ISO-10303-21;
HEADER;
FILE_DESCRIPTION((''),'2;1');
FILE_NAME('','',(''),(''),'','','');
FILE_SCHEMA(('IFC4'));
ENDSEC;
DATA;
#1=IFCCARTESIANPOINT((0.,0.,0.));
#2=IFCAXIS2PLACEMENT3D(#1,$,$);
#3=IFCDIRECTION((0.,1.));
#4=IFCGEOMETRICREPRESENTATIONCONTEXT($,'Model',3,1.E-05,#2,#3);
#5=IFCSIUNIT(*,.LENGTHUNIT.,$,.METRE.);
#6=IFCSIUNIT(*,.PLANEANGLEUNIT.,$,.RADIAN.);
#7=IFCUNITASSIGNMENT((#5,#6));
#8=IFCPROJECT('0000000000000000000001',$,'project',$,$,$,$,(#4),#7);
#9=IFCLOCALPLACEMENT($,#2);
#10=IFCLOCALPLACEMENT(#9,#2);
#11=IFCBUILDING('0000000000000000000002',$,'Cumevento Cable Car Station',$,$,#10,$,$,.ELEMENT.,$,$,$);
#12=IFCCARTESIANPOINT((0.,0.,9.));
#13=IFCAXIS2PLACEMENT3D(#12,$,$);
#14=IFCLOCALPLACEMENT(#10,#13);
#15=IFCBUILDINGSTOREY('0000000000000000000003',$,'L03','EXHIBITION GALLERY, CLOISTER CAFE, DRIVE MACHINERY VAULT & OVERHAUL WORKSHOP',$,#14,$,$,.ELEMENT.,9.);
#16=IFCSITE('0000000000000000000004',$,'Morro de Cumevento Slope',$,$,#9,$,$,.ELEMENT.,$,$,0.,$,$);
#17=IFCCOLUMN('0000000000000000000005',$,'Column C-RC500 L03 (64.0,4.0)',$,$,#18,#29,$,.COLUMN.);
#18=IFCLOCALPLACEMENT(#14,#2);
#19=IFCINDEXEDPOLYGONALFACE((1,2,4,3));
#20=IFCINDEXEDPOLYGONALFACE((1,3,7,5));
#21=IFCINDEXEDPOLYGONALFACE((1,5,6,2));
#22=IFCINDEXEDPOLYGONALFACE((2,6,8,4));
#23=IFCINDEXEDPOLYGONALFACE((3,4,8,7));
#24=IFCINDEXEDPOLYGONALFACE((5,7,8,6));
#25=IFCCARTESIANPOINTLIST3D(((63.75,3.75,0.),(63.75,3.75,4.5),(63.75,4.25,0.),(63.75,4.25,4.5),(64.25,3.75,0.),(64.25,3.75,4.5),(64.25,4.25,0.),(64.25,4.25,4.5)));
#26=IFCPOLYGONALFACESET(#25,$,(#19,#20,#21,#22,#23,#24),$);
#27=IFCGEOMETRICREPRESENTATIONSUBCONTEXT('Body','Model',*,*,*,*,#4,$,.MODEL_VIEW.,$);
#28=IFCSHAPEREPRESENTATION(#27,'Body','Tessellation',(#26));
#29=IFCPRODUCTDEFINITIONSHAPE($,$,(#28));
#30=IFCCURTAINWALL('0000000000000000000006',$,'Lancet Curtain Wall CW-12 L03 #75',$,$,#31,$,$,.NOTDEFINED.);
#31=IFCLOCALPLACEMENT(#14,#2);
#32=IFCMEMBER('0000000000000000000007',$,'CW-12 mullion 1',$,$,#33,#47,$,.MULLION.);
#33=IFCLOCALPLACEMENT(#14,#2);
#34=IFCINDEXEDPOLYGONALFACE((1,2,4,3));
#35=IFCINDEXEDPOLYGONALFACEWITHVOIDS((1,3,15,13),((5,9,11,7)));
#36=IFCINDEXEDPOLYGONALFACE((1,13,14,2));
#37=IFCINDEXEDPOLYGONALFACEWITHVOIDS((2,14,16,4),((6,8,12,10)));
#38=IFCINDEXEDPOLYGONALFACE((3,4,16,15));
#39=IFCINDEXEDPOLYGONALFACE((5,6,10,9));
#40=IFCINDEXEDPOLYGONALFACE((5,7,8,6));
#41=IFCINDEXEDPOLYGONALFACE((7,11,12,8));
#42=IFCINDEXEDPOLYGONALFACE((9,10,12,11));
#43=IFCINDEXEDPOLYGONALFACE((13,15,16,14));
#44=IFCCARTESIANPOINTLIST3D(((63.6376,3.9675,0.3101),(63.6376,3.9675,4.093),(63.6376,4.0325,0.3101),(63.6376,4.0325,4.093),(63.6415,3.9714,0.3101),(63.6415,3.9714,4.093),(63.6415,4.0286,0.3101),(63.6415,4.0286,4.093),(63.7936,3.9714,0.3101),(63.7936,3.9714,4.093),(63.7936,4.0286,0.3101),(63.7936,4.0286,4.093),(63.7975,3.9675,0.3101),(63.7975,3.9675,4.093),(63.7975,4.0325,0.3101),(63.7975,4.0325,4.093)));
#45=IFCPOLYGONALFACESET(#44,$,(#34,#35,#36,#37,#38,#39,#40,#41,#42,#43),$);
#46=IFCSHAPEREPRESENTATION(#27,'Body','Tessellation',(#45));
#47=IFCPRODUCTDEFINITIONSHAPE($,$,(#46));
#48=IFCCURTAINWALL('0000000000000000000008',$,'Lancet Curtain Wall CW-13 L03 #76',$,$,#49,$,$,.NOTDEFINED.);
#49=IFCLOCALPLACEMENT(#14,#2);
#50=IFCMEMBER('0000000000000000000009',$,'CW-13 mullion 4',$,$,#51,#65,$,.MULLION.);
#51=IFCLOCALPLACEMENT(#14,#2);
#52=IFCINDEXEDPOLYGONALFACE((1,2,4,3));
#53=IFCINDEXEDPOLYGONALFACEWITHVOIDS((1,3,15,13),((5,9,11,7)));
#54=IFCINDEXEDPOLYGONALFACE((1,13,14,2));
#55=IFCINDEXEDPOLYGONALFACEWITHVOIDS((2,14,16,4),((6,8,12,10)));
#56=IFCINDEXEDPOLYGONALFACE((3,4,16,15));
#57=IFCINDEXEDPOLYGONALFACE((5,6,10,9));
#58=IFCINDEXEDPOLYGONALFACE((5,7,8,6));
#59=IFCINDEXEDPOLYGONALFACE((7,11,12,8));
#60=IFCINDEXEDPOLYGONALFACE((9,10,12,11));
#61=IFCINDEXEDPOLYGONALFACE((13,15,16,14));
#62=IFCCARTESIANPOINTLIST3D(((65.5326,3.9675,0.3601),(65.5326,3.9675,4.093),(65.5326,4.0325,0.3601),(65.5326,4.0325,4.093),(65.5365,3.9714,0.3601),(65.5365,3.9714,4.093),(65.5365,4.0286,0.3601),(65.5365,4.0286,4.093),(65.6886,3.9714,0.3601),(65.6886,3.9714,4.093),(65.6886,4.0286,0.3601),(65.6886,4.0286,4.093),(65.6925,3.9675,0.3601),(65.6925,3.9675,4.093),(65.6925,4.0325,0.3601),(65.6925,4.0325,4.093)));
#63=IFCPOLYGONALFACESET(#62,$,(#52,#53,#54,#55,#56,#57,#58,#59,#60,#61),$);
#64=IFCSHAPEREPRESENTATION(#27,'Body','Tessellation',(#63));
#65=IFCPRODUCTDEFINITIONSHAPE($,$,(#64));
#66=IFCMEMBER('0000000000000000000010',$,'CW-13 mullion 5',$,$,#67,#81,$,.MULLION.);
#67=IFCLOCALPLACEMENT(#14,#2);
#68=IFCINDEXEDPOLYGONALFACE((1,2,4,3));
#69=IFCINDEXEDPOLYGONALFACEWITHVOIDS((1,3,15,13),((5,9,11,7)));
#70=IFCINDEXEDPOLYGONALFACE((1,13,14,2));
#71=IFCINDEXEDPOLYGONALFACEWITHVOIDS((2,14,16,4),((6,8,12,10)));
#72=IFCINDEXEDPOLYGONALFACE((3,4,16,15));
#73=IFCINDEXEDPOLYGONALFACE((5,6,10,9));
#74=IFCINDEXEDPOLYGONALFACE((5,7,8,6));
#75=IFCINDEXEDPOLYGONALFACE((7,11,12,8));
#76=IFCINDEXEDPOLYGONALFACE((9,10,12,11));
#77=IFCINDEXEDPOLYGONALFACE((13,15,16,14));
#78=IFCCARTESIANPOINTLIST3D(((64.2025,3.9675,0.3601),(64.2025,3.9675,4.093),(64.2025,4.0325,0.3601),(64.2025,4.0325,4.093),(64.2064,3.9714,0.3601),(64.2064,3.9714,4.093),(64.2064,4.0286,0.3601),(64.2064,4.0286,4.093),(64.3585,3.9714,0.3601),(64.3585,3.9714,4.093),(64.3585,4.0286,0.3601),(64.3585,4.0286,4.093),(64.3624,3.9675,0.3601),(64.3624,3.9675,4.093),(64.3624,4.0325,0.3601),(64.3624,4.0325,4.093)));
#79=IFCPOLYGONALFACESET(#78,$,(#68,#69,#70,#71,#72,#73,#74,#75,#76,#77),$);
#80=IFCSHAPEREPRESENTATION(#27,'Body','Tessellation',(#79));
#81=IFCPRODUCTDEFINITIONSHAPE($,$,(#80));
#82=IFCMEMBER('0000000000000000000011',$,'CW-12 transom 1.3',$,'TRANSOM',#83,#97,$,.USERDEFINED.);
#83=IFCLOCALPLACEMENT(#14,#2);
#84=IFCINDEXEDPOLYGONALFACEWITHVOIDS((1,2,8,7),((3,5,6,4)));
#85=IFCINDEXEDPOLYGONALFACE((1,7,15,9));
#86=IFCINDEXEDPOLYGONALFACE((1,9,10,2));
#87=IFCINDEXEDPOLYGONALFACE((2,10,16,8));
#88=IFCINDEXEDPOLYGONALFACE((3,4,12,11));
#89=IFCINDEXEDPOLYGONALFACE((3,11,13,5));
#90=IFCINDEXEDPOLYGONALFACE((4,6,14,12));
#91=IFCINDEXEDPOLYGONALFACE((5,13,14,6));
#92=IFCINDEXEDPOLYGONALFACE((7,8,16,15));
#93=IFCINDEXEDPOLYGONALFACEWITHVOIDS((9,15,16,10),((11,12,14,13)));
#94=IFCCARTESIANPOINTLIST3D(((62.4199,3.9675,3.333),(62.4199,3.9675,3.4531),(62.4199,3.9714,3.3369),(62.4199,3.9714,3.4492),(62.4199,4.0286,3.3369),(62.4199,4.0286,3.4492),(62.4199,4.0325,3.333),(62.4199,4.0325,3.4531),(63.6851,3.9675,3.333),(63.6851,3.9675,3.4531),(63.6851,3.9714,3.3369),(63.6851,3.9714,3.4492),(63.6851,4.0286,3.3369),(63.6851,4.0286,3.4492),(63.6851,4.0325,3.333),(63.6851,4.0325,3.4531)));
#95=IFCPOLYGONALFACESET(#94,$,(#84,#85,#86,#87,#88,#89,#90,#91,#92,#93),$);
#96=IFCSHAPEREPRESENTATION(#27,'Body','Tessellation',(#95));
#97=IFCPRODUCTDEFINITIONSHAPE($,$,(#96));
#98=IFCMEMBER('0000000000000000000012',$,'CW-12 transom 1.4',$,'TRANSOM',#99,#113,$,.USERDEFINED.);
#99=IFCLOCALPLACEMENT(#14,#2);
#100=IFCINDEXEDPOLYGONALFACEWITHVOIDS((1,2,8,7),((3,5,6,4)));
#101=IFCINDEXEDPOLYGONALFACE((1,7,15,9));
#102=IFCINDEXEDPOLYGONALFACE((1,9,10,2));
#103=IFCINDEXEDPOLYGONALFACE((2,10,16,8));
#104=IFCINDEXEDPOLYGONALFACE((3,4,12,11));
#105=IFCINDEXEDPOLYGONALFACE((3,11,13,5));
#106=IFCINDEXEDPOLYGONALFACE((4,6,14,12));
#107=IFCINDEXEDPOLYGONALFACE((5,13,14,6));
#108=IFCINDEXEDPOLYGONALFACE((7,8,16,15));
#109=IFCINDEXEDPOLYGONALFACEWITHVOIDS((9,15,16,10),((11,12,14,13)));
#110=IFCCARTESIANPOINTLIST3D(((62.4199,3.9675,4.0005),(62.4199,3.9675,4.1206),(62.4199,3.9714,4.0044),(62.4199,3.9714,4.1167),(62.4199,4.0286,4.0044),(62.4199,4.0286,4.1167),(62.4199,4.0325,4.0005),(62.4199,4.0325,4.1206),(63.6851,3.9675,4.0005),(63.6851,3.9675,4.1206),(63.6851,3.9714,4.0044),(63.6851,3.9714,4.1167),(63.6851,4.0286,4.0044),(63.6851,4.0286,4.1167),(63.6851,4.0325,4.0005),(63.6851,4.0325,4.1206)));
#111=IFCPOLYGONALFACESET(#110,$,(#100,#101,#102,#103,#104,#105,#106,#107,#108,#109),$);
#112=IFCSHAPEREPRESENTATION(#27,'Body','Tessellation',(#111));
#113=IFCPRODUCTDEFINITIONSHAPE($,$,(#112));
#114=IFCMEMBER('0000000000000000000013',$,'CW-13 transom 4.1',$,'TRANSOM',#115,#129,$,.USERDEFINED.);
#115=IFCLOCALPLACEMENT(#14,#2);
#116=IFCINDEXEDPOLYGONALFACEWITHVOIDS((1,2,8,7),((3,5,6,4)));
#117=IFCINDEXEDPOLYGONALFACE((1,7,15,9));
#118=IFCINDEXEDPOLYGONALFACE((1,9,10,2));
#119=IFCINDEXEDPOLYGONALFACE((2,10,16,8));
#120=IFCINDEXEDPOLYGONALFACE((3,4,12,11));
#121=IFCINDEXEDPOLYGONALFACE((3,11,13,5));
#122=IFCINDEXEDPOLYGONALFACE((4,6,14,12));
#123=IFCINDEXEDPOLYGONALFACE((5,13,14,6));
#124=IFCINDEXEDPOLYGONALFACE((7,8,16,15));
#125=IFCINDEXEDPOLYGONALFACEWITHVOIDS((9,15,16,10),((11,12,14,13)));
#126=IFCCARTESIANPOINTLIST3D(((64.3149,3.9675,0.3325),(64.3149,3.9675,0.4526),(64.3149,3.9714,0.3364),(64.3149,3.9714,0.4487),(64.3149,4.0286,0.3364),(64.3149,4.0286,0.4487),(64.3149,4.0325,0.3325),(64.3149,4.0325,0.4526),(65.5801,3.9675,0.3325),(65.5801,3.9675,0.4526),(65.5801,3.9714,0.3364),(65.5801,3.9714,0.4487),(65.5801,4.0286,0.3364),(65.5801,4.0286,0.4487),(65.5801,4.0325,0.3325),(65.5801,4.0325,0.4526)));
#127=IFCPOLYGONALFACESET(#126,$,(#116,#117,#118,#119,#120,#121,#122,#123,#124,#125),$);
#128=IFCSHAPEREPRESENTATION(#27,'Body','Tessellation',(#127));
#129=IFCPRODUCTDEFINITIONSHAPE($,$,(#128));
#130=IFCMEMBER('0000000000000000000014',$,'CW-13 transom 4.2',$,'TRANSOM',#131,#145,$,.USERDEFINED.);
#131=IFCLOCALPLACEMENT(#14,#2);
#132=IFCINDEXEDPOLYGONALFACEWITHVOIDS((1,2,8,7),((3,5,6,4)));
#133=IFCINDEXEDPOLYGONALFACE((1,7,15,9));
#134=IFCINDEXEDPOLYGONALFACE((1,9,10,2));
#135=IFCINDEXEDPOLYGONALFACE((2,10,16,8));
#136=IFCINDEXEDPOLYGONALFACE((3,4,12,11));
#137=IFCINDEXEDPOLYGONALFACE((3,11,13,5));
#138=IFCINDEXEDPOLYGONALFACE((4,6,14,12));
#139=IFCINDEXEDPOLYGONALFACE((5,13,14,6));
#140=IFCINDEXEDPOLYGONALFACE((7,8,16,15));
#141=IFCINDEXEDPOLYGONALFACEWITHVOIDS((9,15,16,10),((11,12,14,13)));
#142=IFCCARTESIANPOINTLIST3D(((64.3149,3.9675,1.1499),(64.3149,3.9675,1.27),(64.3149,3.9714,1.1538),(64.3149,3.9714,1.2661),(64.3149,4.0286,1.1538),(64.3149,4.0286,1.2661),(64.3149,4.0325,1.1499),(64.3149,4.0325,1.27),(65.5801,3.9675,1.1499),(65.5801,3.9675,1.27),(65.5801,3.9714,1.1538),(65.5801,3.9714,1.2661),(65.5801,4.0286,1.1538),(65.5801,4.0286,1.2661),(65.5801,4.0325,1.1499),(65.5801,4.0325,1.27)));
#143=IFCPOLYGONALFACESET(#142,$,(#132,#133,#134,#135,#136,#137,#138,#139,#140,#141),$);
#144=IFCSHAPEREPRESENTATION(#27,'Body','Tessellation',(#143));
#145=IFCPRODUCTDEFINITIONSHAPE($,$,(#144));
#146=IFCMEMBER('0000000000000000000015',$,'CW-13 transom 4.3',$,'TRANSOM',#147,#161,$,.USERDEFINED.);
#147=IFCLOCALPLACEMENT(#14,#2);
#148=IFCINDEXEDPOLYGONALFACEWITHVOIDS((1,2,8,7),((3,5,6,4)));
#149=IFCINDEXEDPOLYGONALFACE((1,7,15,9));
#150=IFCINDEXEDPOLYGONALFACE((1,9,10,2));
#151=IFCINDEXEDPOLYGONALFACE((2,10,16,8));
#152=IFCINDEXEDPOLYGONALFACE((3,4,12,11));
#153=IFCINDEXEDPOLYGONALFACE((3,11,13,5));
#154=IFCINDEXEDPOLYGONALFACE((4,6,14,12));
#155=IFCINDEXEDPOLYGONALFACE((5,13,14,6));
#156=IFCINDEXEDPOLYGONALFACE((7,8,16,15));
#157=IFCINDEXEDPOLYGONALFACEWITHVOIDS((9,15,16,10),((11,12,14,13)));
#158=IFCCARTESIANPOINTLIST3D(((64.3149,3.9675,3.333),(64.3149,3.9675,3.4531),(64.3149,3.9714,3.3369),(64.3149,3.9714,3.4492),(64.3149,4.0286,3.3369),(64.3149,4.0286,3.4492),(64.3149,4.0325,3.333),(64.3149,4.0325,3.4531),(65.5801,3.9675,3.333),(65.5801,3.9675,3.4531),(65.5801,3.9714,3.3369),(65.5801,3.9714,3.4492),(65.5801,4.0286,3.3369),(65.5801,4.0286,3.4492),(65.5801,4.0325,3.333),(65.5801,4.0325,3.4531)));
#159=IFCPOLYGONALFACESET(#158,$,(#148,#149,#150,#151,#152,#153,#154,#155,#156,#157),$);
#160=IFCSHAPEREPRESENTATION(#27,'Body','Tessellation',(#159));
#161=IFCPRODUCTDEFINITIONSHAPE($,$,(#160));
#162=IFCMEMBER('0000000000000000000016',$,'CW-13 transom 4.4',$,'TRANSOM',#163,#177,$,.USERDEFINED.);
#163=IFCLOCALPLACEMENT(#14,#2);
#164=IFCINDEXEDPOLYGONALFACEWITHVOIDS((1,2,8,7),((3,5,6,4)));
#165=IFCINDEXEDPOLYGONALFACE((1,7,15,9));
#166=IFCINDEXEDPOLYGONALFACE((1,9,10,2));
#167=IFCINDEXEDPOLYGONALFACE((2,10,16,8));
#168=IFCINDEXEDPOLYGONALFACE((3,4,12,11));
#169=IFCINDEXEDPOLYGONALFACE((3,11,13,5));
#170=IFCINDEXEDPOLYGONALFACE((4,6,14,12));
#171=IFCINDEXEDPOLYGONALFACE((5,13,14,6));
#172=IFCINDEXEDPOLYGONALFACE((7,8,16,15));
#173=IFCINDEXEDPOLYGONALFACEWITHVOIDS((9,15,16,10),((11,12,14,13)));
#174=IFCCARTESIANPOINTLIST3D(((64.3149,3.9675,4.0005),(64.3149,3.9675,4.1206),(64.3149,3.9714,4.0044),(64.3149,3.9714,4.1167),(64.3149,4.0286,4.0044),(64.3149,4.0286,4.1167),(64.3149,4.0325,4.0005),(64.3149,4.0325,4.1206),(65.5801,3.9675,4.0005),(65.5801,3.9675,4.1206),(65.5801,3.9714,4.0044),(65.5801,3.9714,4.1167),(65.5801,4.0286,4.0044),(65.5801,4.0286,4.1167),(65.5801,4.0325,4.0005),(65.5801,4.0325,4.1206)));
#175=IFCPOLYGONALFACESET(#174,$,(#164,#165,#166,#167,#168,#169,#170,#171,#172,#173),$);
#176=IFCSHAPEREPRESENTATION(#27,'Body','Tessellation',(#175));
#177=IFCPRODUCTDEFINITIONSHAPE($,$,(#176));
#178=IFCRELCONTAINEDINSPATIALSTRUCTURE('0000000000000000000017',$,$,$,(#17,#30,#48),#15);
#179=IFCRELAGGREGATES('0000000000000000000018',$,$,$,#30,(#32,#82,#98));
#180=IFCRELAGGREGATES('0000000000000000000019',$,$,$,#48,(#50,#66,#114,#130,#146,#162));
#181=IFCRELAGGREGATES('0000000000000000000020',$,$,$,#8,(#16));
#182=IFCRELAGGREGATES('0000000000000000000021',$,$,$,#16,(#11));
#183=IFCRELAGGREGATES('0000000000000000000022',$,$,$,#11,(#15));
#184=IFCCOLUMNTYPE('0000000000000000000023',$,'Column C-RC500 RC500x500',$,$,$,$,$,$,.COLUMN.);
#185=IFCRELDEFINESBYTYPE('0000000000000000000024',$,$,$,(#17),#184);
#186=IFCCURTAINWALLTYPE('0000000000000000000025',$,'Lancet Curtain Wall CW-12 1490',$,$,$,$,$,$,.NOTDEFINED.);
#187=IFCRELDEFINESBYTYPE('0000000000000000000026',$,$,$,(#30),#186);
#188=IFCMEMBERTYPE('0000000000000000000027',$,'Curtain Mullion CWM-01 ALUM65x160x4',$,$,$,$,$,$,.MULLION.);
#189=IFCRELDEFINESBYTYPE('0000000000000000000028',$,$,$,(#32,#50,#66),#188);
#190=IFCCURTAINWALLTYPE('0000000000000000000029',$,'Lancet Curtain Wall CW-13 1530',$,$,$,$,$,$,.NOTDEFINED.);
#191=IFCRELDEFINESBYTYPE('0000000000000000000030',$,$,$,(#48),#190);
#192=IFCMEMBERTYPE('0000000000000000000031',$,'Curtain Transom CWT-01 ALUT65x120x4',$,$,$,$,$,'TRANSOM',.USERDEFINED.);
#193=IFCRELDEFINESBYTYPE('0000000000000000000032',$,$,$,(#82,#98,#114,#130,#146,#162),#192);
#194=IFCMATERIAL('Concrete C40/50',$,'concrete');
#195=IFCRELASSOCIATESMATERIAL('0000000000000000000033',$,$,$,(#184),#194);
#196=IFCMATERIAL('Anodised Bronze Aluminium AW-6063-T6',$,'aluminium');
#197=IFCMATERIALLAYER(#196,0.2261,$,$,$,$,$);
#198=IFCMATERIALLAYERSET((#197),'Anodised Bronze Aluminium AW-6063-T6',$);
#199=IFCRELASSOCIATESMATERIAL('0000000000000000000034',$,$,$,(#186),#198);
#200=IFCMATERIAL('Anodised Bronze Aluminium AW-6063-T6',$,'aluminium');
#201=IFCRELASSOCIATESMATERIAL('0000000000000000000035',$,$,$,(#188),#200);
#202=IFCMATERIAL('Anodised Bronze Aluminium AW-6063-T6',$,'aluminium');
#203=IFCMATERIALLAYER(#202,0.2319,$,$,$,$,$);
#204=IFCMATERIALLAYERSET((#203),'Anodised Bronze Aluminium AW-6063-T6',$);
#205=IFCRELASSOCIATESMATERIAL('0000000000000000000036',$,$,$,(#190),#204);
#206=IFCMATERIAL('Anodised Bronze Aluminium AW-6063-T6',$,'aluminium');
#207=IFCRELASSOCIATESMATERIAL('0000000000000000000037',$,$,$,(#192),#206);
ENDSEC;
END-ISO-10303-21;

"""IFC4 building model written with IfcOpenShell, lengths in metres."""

from ifc_helpers import new_model, si_unit, direction, frame, origin, origin_2d, place, context, subcontext, project, spatial, rectangle, hollow_rectangle, extrude, material, layer, layer_set, material_profile, profile_set, type_object, element, aggregate, save


model = new_model("IFC4")

# Units and contexts
model_context = context("Model", 3, precision=1e-05, world=origin(), true_north=direction((0.0, 1.0)))
body_context = subcontext(model_context, "Body", "Model", "MODEL_VIEW")
ifc_project = project(units=[si_unit("LENGTHUNIT", "METRE"), si_unit("PLANEANGLEUNIT", "RADIAN")], contexts=[model_context])

# Site, building, storey
site_placement = place(None, origin())
site = spatial("IfcSite", under=ifc_project, at=site_placement, Name="Morro de Cumevento Slope", CompositionType="ELEMENT", RefElevation=0.0)
building_placement = place(site_placement, origin())
building = spatial("IfcBuilding", under=site, at=building_placement, Name="Cumevento Cable Car Station", CompositionType="ELEMENT")
storey_placement = place(building_placement, frame((0.0, 0.0, 9.0)))
storey = spatial("IfcBuildingStorey", under=building, at=storey_placement, Name="L03", Description="EXHIBITION GALLERY, CLOISTER CAFE, DRIVE MACHINERY VAULT & OVERHAUL WORKSHOP", CompositionType="ELEMENT", Elevation=9.0)

# Column
ifc_material_1 = material(Name="Concrete C40/50", Category="concrete")
ifc_material_profile_1 = material_profile(ifc_material_1, rectangle(XDim=0.5, YDim=0.5, at=origin_2d()), Name="RC500x500")
ifc_profile_set_1 = profile_set([ifc_material_profile_1], Name="Concrete C40/50")
column_type = type_object("IfcColumnType", Name="Column C-RC500 RC500x500", PredefinedType="COLUMN", material=ifc_profile_set_1)
column_placement = place(storey_placement, frame((64.0, 4.0, 0.0), z_axis=(0.0, 0.0, 1.0), x_axis=(1.0, 0.0, 0.0)))
element("IfcColumn", 1, at=column_placement, inside=storey, type_object=column_type, Name="Column C-RC500 L03 (64.0,4.0)", PredefinedType="COLUMN", context=body_context, shape_type="SweptSolid", body=[
    extrude(rectangle(XDim=0.5, YDim=0.5, at=origin_2d()), origin(), (0.0, 0.0, 1.0), 4.5),
])

# Curtain wall, member
ifc_material_2 = material(Name="Anodised Bronze Aluminium AW-6063-T6", Category="aluminium")
ifc_layer_1 = layer(ifc_material_2, 0.2261)
ifc_layer_set_1 = layer_set([ifc_layer_1], Name="Anodised Bronze Aluminium AW-6063-T6")
curtain_wall_type_1 = type_object("IfcCurtainWallType", Name="Lancet Curtain Wall CW-12 1490", PredefinedType="NOTDEFINED", material=ifc_layer_set_1)
curtain_wall_1_placement = place(storey_placement, origin())
curtain_wall_1 = element("IfcCurtainWall", 2, at=curtain_wall_1_placement, inside=storey, type_object=curtain_wall_type_1, Name="Lancet Curtain Wall CW-12 L03 #75", PredefinedType="NOTDEFINED")
ifc_material_3 = material(Name="Anodised Bronze Aluminium AW-6063-T6", Category="aluminium")
ifc_material_profile_2 = material_profile(ifc_material_3, hollow_rectangle(XDim=0.0649, YDim=0.1599, WallThickness=0.0039, at=origin_2d()), Name="ALUM65x160x4")
ifc_profile_set_2 = profile_set([ifc_material_profile_2], Name="Anodised Bronze Aluminium AW-6063-T6")
member_type_1 = type_object("IfcMemberType", Name="Curtain Mullion CWM-01 ALUM65x160x4", PredefinedType="MULLION", material=ifc_profile_set_2)
member_1_placement = place(storey_placement, frame((63.7175, 4.0, 0.3101), z_axis=(0.0, 0.0, 1.0), x_axis=(0.0, -1.0, 0.0)))
member_1 = element("IfcMember", 3, at=member_1_placement, type_object=member_type_1, Name="CW-12 mullion 1", PredefinedType="MULLION", context=body_context, shape_type="SweptSolid", body=[
    extrude(hollow_rectangle(XDim=0.0649, YDim=0.1599, WallThickness=0.0039, at=origin_2d()), origin(), (0.0, 0.0, 1.0), 3.783),
])

# Curtain wall, members
ifc_material_4 = material(Name="Anodised Bronze Aluminium AW-6063-T6", Category="aluminium")
ifc_layer_2 = layer(ifc_material_4, 0.2319)
ifc_layer_set_2 = layer_set([ifc_layer_2], Name="Anodised Bronze Aluminium AW-6063-T6")
curtain_wall_type_2 = type_object("IfcCurtainWallType", Name="Lancet Curtain Wall CW-13 1530", PredefinedType="NOTDEFINED", material=ifc_layer_set_2)
curtain_wall_2_placement = place(storey_placement, origin())
curtain_wall_2 = element("IfcCurtainWall", 4, at=curtain_wall_2_placement, inside=storey, type_object=curtain_wall_type_2, Name="Lancet Curtain Wall CW-13 L03 #76", PredefinedType="NOTDEFINED")
member_2_placement = place(storey_placement, frame((65.6125, 4.0, 0.3601), z_axis=(0.0, 0.0, 1.0), x_axis=(0.0, -1.0, 0.0)))
member_2 = element("IfcMember", 5, at=member_2_placement, type_object=member_type_1, Name="CW-13 mullion 4", PredefinedType="MULLION", context=body_context, shape_type="SweptSolid", body=[
    extrude(hollow_rectangle(XDim=0.0649, YDim=0.1599, WallThickness=0.0039, at=origin_2d()), origin(), (0.0, 0.0, 1.0), 3.7329),
])
member_3_placement = place(storey_placement, frame((64.2825, 4.0, 0.3601), z_axis=(0.0, 0.0, 1.0), x_axis=(0.0, -1.0, 0.0)))
member_3 = element("IfcMember", 6, at=member_3_placement, type_object=member_type_1, Name="CW-13 mullion 5", PredefinedType="MULLION", context=body_context, shape_type="SweptSolid", body=[
    extrude(hollow_rectangle(XDim=0.0649, YDim=0.1599, WallThickness=0.0039, at=origin_2d()), origin(), (0.0, 0.0, 1.0), 3.7329),
])

# Members
ifc_material_5 = material(Name="Anodised Bronze Aluminium AW-6063-T6", Category="aluminium")
ifc_material_profile_3 = material_profile(ifc_material_5, hollow_rectangle(XDim=0.0649, YDim=0.1201, WallThickness=0.0039, at=origin_2d()), Name="ALUT65x120x4")
ifc_profile_set_3 = profile_set([ifc_material_profile_3], Name="Anodised Bronze Aluminium AW-6063-T6")
member_type_2 = type_object("IfcMemberType", Name="Curtain Transom CWT-01 ALUT65x120x4", ElementType="TRANSOM", PredefinedType="USERDEFINED", material=ifc_profile_set_3)
member_4_placement = place(storey_placement, frame((63.6851, 4.0, 3.3931), z_axis=(-1.0, 0.0, 0.0), x_axis=(0.0, -1.0, 0.0)))
member_4 = element("IfcMember", 7, at=member_4_placement, type_object=member_type_2, Name="CW-12 transom 1.3", ObjectType="TRANSOM", PredefinedType="USERDEFINED", context=body_context, shape_type="SweptSolid", body=[
    extrude(hollow_rectangle(XDim=0.0649, YDim=0.1201, WallThickness=0.0039, at=origin_2d()), origin(), (0.0, 0.0, 1.0), 1.2651),
])
member_5_placement = place(storey_placement, frame((63.6851, 4.0, 4.0605), z_axis=(-1.0, 0.0, 0.0), x_axis=(0.0, -1.0, 0.0)))
member_5 = element("IfcMember", 8, at=member_5_placement, type_object=member_type_2, Name="CW-12 transom 1.4", ObjectType="TRANSOM", PredefinedType="USERDEFINED", context=body_context, shape_type="SweptSolid", body=[
    extrude(hollow_rectangle(XDim=0.0649, YDim=0.1201, WallThickness=0.0039, at=origin_2d()), origin(), (0.0, 0.0, 1.0), 1.2651),
])
aggregate(curtain_wall_1, [member_1, member_4, member_5])
member_6_placement = place(storey_placement, frame((65.5801, 4.0, 0.3926), z_axis=(-1.0, 0.0, 0.0), x_axis=(0.0, -1.0, 0.0)))
member_6 = element("IfcMember", 9, at=member_6_placement, type_object=member_type_2, Name="CW-13 transom 4.1", ObjectType="TRANSOM", PredefinedType="USERDEFINED", context=body_context, shape_type="SweptSolid", body=[
    extrude(hollow_rectangle(XDim=0.0649, YDim=0.1201, WallThickness=0.0039, at=origin_2d()), origin(), (0.0, 0.0, 1.0), 1.2651),
])
member_7_placement = place(storey_placement, frame((65.5801, 4.0, 1.21), z_axis=(-1.0, 0.0, 0.0), x_axis=(0.0, -1.0, 0.0)))
member_7 = element("IfcMember", 10, at=member_7_placement, type_object=member_type_2, Name="CW-13 transom 4.2", ObjectType="TRANSOM", PredefinedType="USERDEFINED", context=body_context, shape_type="SweptSolid", body=[
    extrude(hollow_rectangle(XDim=0.0649, YDim=0.1201, WallThickness=0.0039, at=origin_2d()), origin(), (0.0, 0.0, 1.0), 1.2651),
])
member_8_placement = place(storey_placement, frame((65.5801, 4.0, 3.3931), z_axis=(-1.0, 0.0, 0.0), x_axis=(0.0, -1.0, 0.0)))
member_8 = element("IfcMember", 11, at=member_8_placement, type_object=member_type_2, Name="CW-13 transom 4.3", ObjectType="TRANSOM", PredefinedType="USERDEFINED", context=body_context, shape_type="SweptSolid", body=[
    extrude(hollow_rectangle(XDim=0.0649, YDim=0.1201, WallThickness=0.0039, at=origin_2d()), origin(), (0.0, 0.0, 1.0), 1.2651),
])
member_9_placement = place(storey_placement, frame((65.5801, 4.0, 4.0605), z_axis=(-1.0, 0.0, 0.0), x_axis=(0.0, -1.0, 0.0)))
member_9 = element("IfcMember", 12, at=member_9_placement, type_object=member_type_2, Name="CW-13 transom 4.4", ObjectType="TRANSOM", PredefinedType="USERDEFINED", context=body_context, shape_type="SweptSolid", body=[
    extrude(hollow_rectangle(XDim=0.0649, YDim=0.1201, WallThickness=0.0039, at=origin_2d()), origin(), (0.0, 0.0, 1.0), 1.2651),
])

aggregate(curtain_wall_2, [member_2, member_3, member_6, member_7, member_8, member_9])

save(model, "model.ifc")
